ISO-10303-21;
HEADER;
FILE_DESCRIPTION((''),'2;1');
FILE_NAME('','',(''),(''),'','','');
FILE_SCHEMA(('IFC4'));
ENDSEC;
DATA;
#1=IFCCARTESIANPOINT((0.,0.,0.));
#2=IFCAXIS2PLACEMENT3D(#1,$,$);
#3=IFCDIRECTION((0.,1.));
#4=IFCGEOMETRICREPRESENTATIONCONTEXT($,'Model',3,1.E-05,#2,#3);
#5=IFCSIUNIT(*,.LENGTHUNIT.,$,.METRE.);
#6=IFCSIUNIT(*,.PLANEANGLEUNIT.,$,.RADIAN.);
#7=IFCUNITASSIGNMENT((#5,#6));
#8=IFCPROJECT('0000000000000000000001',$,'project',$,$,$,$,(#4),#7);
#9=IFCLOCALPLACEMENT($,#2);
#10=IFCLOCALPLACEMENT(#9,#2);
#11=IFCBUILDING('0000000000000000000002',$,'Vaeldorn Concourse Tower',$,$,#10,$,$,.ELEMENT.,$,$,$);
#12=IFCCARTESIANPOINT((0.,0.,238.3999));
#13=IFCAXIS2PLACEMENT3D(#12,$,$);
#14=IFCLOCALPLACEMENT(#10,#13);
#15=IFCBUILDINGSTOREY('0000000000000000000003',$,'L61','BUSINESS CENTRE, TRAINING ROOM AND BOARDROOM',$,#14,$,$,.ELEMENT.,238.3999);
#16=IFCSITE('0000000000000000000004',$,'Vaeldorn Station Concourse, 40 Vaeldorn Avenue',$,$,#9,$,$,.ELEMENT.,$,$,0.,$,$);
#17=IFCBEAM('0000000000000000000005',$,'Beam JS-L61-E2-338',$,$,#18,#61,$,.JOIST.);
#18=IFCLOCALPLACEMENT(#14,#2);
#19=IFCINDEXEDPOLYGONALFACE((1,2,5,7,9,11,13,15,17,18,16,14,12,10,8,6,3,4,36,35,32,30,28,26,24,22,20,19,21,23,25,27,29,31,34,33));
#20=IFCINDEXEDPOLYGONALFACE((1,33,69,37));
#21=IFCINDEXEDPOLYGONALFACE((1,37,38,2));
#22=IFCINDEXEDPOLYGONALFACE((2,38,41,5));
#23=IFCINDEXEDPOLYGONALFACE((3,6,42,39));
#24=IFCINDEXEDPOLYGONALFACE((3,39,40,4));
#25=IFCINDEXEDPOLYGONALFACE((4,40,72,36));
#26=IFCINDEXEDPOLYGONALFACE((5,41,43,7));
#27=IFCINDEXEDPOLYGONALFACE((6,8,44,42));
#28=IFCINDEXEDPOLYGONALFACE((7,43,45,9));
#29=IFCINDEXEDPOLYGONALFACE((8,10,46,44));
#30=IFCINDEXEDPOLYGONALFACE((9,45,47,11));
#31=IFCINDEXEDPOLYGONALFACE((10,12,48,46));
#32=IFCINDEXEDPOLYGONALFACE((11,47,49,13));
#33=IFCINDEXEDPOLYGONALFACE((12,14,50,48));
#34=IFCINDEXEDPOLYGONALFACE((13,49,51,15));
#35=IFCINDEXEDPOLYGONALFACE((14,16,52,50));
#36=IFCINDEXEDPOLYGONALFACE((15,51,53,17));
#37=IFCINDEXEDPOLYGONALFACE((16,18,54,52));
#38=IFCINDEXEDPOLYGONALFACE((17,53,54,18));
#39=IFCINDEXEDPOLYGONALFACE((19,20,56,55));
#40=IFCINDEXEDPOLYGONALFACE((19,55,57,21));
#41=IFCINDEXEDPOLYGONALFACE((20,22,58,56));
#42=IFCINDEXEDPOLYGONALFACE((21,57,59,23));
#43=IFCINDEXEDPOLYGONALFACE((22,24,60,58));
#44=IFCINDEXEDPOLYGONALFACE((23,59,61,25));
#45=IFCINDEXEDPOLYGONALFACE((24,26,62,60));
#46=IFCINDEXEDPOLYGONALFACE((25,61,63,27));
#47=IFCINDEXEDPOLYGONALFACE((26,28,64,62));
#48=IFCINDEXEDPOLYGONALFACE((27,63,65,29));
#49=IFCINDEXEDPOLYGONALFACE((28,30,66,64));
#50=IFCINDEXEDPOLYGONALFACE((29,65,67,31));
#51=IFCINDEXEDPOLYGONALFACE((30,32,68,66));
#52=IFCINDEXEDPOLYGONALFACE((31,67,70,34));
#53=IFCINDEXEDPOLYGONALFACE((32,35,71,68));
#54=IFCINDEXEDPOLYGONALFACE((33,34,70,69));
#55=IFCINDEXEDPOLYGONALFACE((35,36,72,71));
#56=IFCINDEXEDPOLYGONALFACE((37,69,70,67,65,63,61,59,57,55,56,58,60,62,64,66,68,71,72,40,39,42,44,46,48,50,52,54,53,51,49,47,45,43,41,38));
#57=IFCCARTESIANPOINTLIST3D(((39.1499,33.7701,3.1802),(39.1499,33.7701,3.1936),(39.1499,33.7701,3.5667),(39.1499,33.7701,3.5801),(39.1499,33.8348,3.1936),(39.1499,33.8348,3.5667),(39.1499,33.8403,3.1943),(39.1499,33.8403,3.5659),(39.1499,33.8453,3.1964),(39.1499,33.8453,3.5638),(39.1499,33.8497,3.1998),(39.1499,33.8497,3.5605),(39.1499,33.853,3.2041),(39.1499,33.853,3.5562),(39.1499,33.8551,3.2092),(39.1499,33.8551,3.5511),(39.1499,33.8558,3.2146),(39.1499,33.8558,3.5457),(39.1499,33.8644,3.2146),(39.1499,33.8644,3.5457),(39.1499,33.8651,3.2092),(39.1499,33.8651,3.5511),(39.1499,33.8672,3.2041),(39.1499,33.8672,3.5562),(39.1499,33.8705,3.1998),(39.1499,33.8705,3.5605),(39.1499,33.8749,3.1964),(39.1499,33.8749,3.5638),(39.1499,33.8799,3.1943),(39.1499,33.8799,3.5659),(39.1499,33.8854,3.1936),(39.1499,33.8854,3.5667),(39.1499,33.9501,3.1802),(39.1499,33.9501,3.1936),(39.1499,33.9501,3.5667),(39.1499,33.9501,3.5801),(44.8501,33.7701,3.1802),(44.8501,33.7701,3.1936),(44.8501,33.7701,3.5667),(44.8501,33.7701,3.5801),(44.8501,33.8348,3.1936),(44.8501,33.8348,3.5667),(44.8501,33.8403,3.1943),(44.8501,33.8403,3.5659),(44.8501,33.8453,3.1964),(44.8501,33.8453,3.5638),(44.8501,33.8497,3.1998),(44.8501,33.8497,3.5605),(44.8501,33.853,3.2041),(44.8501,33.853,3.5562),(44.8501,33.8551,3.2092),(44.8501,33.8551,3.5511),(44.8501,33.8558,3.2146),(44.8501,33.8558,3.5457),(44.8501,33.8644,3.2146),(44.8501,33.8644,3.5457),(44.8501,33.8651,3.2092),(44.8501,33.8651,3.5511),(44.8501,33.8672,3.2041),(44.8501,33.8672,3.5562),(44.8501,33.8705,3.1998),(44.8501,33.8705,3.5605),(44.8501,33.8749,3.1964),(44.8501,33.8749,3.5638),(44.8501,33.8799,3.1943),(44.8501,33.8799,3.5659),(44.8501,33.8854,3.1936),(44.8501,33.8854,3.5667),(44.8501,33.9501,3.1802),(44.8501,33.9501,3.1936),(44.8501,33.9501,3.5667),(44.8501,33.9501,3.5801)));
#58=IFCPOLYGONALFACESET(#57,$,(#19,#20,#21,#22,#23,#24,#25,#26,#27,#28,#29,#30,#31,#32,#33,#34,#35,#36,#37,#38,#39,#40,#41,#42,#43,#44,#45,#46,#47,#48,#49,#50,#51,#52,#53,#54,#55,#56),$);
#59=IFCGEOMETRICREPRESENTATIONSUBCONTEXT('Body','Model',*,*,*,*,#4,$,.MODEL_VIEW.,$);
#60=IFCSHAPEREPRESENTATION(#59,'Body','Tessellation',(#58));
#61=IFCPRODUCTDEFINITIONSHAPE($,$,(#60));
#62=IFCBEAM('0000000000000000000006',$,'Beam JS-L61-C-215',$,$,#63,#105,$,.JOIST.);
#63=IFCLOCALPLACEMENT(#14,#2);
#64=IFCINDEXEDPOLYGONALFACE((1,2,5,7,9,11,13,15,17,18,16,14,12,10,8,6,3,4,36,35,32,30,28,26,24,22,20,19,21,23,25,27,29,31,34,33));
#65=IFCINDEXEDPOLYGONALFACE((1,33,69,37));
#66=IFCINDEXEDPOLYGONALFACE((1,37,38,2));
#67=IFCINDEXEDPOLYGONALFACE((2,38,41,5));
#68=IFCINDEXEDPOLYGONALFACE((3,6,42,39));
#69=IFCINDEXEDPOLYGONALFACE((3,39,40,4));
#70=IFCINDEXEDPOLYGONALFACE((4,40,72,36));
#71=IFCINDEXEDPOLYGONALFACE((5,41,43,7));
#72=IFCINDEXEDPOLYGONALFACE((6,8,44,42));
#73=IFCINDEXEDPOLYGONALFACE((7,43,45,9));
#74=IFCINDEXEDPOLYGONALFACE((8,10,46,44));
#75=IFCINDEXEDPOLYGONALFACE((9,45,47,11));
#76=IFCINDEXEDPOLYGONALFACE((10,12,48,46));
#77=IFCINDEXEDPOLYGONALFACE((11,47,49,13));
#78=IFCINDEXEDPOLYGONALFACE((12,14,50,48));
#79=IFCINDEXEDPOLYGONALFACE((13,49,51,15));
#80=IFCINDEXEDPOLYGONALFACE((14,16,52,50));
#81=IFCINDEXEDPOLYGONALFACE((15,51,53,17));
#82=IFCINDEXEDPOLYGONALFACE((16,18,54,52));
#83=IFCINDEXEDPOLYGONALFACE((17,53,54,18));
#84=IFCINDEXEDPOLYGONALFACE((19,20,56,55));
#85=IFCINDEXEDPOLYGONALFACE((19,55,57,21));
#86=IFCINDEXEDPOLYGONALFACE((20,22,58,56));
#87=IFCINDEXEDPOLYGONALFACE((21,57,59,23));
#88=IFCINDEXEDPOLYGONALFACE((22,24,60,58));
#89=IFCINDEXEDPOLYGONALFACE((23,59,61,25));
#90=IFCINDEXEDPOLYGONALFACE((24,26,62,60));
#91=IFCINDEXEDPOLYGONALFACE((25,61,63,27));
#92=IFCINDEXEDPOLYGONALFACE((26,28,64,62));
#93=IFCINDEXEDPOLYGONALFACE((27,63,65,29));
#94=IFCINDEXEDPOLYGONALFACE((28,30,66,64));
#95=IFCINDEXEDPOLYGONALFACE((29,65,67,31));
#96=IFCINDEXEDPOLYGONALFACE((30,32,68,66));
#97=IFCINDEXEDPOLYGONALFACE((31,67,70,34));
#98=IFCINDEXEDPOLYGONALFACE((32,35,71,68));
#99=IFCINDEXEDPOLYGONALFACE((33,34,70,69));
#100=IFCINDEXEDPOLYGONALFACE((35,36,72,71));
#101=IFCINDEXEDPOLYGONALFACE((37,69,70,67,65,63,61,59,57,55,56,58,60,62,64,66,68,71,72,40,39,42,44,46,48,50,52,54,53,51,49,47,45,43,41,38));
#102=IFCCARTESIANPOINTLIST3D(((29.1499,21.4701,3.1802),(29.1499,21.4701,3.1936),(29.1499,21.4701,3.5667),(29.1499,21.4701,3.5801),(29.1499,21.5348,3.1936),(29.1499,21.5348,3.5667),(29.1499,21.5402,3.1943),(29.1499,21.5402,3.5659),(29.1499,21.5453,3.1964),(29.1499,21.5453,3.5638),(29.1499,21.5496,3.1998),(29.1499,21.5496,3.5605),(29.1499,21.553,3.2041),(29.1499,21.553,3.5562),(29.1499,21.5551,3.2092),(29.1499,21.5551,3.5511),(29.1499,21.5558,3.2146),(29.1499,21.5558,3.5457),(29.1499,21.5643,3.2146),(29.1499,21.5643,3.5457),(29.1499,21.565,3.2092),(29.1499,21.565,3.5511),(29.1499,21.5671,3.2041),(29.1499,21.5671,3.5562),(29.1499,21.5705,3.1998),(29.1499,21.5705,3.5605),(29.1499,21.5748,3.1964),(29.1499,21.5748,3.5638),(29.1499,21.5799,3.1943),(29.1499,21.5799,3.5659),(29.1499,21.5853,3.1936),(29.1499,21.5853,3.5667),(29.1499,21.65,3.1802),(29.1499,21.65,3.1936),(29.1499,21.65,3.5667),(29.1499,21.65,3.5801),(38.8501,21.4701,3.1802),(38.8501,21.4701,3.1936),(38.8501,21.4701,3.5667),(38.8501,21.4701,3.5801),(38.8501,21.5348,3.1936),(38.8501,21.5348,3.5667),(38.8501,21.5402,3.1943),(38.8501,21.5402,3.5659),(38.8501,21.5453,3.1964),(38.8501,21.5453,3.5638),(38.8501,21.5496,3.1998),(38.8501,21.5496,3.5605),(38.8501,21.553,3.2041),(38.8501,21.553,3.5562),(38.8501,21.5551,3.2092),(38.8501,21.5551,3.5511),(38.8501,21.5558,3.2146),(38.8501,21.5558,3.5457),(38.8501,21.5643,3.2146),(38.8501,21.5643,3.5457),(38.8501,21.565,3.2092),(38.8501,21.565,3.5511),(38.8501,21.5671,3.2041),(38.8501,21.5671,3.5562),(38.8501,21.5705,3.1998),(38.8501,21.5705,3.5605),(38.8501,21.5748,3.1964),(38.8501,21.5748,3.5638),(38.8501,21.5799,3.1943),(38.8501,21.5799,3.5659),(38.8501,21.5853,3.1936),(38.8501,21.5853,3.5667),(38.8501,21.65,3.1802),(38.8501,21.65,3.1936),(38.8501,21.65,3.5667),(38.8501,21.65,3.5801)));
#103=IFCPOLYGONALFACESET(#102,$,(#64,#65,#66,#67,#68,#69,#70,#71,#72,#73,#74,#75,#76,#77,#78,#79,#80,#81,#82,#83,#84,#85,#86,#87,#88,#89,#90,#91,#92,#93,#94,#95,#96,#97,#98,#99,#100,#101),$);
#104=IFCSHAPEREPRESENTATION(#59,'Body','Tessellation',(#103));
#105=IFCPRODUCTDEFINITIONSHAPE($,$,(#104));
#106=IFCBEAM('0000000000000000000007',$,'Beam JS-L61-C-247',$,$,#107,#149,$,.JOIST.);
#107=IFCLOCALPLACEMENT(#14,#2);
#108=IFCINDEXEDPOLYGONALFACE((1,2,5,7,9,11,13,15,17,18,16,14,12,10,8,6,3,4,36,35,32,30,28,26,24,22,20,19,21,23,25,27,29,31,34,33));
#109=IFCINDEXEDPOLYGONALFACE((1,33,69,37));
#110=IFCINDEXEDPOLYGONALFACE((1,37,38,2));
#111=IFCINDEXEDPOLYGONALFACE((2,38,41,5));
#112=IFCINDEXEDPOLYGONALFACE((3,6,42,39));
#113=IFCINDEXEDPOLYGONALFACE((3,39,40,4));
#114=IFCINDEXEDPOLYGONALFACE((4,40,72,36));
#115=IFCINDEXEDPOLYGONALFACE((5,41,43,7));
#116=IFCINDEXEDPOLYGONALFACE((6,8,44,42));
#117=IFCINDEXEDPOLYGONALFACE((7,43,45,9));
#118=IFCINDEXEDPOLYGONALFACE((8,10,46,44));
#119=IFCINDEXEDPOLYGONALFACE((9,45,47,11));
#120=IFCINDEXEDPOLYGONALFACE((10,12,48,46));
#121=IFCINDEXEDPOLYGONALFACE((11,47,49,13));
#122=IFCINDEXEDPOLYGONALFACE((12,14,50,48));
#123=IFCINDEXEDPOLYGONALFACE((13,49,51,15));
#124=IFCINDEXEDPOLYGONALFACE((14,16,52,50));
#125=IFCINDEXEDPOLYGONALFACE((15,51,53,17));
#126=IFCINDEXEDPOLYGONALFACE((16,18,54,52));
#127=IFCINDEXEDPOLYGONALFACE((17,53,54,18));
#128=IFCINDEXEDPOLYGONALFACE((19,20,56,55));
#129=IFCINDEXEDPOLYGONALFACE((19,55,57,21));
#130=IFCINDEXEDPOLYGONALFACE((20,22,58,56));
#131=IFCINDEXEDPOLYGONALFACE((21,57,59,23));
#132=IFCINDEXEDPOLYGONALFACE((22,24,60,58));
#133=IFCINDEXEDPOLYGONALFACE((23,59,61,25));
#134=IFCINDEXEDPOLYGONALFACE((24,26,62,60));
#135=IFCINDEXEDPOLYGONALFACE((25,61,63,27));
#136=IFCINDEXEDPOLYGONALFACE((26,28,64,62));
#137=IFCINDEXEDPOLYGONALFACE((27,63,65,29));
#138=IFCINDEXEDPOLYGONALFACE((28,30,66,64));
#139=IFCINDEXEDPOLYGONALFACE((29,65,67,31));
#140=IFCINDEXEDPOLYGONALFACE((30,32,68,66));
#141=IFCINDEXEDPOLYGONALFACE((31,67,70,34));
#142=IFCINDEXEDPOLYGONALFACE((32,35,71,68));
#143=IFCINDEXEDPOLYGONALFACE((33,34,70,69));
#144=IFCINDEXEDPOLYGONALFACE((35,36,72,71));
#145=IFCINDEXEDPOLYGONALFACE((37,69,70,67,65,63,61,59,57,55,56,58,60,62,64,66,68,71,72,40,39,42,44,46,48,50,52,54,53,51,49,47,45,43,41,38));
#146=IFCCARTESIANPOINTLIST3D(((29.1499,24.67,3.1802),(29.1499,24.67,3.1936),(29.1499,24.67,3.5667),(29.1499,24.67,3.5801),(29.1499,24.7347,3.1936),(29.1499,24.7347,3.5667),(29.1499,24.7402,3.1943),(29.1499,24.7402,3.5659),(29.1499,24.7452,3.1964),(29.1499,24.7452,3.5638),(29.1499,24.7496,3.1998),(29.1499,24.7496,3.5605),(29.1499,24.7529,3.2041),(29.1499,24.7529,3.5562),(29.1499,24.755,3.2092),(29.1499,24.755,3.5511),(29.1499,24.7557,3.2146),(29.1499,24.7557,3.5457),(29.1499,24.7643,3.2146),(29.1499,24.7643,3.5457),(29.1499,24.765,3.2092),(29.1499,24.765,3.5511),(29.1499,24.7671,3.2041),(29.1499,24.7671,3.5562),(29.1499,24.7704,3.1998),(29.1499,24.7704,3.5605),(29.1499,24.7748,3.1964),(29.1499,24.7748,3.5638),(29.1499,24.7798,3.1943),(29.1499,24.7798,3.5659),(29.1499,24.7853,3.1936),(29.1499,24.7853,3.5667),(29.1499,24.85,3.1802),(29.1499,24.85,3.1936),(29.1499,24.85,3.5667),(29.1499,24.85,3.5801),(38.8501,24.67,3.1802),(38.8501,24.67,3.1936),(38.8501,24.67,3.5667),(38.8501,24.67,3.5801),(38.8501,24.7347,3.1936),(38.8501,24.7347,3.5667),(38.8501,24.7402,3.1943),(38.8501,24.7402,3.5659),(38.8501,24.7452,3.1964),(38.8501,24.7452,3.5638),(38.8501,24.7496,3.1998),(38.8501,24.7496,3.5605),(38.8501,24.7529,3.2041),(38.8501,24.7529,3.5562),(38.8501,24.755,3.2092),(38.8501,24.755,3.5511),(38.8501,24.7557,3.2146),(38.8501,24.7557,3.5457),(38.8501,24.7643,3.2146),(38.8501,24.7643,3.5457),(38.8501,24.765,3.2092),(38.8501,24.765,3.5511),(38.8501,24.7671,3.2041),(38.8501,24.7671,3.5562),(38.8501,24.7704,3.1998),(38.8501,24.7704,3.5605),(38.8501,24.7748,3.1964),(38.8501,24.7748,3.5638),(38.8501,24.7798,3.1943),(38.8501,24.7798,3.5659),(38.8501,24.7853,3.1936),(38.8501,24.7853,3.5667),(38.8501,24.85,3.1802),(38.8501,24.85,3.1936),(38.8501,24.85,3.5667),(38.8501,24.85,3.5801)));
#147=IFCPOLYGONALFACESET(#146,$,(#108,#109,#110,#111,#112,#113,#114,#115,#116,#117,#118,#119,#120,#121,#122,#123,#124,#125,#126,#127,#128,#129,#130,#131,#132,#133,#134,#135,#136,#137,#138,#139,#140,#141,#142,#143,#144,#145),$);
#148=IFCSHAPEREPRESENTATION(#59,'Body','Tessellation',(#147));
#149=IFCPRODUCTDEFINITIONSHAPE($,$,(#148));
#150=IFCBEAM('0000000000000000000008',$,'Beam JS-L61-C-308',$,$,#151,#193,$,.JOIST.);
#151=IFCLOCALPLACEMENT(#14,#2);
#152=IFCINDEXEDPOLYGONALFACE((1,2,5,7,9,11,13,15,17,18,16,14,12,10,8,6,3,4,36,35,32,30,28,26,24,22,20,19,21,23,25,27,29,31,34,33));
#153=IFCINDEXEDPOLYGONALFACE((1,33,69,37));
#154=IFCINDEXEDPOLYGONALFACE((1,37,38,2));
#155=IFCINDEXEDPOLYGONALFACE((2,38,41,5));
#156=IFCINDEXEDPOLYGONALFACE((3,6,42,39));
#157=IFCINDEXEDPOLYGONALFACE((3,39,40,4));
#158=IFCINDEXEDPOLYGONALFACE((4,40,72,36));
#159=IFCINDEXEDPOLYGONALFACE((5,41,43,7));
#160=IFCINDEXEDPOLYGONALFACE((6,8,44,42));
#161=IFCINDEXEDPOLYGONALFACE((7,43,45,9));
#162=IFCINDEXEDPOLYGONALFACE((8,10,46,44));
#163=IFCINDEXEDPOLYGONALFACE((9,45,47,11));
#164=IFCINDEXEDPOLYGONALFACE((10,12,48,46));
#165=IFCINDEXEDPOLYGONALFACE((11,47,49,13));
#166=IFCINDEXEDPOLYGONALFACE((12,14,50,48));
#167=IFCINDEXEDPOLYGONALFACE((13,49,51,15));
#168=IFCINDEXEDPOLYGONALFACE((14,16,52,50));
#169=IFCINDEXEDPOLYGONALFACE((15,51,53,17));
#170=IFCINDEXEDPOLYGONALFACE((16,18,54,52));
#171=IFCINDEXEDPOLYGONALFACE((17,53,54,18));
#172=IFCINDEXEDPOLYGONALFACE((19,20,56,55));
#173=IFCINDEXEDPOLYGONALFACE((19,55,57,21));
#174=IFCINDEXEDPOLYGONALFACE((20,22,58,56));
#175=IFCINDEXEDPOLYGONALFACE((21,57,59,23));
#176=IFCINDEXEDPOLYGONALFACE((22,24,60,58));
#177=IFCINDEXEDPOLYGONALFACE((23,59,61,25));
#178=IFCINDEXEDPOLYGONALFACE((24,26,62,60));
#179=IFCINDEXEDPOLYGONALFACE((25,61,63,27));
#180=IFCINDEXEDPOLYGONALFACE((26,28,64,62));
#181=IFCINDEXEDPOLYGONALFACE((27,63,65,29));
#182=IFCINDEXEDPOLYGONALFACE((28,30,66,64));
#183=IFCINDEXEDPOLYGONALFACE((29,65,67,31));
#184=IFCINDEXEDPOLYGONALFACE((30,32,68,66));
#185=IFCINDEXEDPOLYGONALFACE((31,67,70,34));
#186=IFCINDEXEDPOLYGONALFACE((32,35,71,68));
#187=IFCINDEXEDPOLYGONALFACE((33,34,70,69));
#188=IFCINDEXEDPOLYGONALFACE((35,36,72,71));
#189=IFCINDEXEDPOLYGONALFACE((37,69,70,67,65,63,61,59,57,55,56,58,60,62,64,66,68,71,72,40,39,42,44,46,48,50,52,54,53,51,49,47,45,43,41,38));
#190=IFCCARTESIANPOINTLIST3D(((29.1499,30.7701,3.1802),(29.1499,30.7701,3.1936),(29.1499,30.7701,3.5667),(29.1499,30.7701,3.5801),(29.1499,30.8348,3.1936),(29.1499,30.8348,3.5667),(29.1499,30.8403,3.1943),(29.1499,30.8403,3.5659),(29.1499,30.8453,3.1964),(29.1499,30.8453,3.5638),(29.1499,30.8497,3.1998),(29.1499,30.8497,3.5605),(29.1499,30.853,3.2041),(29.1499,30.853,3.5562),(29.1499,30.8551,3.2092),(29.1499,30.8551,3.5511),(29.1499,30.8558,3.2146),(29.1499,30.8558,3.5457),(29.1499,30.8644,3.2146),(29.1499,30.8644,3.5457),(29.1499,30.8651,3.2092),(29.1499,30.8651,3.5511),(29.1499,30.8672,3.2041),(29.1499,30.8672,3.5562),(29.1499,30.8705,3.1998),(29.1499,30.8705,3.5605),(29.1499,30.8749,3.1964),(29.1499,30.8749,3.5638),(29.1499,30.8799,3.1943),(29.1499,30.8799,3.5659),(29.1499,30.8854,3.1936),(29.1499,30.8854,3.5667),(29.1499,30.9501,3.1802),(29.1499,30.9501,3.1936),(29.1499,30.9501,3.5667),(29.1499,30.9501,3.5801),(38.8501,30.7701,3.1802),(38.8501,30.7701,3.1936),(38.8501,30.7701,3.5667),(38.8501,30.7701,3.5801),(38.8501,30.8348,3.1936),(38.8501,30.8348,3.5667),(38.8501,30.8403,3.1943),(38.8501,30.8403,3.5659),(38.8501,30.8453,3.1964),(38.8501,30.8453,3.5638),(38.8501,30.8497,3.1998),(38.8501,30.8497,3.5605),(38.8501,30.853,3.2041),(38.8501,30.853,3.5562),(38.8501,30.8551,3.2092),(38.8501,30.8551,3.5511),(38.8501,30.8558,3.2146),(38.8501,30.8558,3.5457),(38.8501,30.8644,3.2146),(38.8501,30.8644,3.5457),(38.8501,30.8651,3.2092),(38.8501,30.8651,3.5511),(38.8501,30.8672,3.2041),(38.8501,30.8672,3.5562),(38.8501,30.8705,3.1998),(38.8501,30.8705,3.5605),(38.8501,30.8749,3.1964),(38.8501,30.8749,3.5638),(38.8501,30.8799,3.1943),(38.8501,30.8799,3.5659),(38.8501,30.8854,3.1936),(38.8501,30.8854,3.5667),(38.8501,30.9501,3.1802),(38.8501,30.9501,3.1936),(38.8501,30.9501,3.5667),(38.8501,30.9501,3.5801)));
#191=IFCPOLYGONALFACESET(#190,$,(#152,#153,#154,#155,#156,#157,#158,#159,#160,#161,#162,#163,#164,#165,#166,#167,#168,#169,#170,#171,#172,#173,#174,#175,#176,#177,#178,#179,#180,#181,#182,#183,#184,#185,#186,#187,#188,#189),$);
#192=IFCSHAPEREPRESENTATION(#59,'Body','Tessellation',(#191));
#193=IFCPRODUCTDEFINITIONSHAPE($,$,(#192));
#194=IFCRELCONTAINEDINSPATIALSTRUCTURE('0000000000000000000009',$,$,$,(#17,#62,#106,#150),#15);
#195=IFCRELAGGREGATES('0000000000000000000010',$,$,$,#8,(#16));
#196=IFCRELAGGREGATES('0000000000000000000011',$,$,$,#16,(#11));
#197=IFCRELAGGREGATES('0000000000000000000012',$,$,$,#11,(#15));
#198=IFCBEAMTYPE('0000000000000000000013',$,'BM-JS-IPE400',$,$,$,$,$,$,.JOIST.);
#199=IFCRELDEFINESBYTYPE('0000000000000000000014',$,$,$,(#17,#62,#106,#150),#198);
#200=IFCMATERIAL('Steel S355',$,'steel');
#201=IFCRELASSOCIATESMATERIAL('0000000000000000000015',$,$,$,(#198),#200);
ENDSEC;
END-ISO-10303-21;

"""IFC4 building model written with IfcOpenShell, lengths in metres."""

from ifc_helpers import new_model, si_unit, direction, frame, origin, origin_2d, place, context, subcontext, project, spatial, i_section, extrude, source, transform, mapped, material, material_profile, profile_set, type_object, element, save


model = new_model("IFC4")

# Units and contexts
model_context = context("Model", 3, precision=1e-05, world=origin(), true_north=direction((0.0, 1.0)))
body_context = subcontext(model_context, "Body", "Model", "MODEL_VIEW")
ifc_project = project(units=[si_unit("LENGTHUNIT", "METRE"), si_unit("PLANEANGLEUNIT", "RADIAN")], contexts=[model_context])

# Site, building, storey
site_placement = place(None, origin())
site = spatial("IfcSite", under=ifc_project, at=site_placement, Name="Vaeldorn Station Concourse, 40 Vaeldorn Avenue", CompositionType="ELEMENT", RefElevation=0.0)
building_placement = place(site_placement, origin())
building = spatial("IfcBuilding", under=site, at=building_placement, Name="Vaeldorn Concourse Tower", CompositionType="ELEMENT")
storey_placement = place(building_placement, frame((0.0, 0.0, 238.3999)))
storey = spatial("IfcBuildingStorey", under=building, at=storey_placement, Name="L61", Description="BUSINESS CENTRE, TRAINING ROOM AND BOARDROOM", CompositionType="ELEMENT", Elevation=238.3999)

# Shared definitions
ifc_material_1 = material(Name="Steel S355", Category="steel")

# Beams
ifc_material_profile_1 = material_profile(ifc_material_1, i_section(OverallWidth=0.1799, OverallDepth=0.3999, WebThickness=0.0085, FlangeThickness=0.0134, FilletRadius=0.021, at=origin_2d()), Name="IPE 400")
ifc_profile_set_1 = profile_set([ifc_material_profile_1], Name="Steel S355")
beam_type_1 = type_object("IfcBeamType", Name="BM-JS-IPE400", PredefinedType="JOIST", material=ifc_profile_set_1)
shared_shape_1 = source(origin(), body_context, "Body", "SweptSolid", [
    extrude(i_section(OverallWidth=0.1799, OverallDepth=0.3999, WebThickness=0.0085, FlangeThickness=0.0134, FilletRadius=0.021, at=origin_2d()), origin(), (0.0, 0.0, 1.0), 5.7002),
])
for number, where, z_axis, x_axis, name in (
    (1, (39.1499, 33.8601, 3.3801), (1.0, 0.0, 0.0), (0.0, 1.0, 0.0), "Beam JS-L61-E2-338"),
):
    element("IfcBeam", number, at=place(storey_placement, frame(where, z_axis=z_axis, x_axis=x_axis)), inside=storey, type_object=beam_type_1, Name=name, PredefinedType="JOIST", context=body_context, shape_type="MappedRepresentation", body=[
        mapped(shared_shape_1, transform((0.0, 0.0, 0.0), scale=1.0)),
    ])
shared_shape_2 = source(origin(), body_context, "Body", "SweptSolid", [
    extrude(i_section(OverallWidth=0.1799, OverallDepth=0.3999, WebThickness=0.0085, FlangeThickness=0.0134, FilletRadius=0.021, at=origin_2d()), origin(), (0.0, 0.0, 1.0), 9.7002),
])
for number, where, z_axis, x_axis, name in (
    (2, (29.1499, 21.5601, 3.3801), (1.0, 0.0, 0.0), (0.0, 1.0, 0.0), "Beam JS-L61-C-215"),
    (3, (29.1499, 24.76, 3.3801), (1.0, 0.0, 0.0), (0.0, 1.0, 0.0), "Beam JS-L61-C-247"),
    (4, (29.1499, 30.8601, 3.3801), (1.0, 0.0, 0.0), (0.0, 1.0, 0.0), "Beam JS-L61-C-308"),
):
    element("IfcBeam", number, at=place(storey_placement, frame(where, z_axis=z_axis, x_axis=x_axis)), inside=storey, type_object=beam_type_1, Name=name, PredefinedType="JOIST", context=body_context, shape_type="MappedRepresentation", body=[
        mapped(shared_shape_2, transform((0.0, 0.0, 0.0), scale=1.0)),
    ])

save(model, "model.ifc")
